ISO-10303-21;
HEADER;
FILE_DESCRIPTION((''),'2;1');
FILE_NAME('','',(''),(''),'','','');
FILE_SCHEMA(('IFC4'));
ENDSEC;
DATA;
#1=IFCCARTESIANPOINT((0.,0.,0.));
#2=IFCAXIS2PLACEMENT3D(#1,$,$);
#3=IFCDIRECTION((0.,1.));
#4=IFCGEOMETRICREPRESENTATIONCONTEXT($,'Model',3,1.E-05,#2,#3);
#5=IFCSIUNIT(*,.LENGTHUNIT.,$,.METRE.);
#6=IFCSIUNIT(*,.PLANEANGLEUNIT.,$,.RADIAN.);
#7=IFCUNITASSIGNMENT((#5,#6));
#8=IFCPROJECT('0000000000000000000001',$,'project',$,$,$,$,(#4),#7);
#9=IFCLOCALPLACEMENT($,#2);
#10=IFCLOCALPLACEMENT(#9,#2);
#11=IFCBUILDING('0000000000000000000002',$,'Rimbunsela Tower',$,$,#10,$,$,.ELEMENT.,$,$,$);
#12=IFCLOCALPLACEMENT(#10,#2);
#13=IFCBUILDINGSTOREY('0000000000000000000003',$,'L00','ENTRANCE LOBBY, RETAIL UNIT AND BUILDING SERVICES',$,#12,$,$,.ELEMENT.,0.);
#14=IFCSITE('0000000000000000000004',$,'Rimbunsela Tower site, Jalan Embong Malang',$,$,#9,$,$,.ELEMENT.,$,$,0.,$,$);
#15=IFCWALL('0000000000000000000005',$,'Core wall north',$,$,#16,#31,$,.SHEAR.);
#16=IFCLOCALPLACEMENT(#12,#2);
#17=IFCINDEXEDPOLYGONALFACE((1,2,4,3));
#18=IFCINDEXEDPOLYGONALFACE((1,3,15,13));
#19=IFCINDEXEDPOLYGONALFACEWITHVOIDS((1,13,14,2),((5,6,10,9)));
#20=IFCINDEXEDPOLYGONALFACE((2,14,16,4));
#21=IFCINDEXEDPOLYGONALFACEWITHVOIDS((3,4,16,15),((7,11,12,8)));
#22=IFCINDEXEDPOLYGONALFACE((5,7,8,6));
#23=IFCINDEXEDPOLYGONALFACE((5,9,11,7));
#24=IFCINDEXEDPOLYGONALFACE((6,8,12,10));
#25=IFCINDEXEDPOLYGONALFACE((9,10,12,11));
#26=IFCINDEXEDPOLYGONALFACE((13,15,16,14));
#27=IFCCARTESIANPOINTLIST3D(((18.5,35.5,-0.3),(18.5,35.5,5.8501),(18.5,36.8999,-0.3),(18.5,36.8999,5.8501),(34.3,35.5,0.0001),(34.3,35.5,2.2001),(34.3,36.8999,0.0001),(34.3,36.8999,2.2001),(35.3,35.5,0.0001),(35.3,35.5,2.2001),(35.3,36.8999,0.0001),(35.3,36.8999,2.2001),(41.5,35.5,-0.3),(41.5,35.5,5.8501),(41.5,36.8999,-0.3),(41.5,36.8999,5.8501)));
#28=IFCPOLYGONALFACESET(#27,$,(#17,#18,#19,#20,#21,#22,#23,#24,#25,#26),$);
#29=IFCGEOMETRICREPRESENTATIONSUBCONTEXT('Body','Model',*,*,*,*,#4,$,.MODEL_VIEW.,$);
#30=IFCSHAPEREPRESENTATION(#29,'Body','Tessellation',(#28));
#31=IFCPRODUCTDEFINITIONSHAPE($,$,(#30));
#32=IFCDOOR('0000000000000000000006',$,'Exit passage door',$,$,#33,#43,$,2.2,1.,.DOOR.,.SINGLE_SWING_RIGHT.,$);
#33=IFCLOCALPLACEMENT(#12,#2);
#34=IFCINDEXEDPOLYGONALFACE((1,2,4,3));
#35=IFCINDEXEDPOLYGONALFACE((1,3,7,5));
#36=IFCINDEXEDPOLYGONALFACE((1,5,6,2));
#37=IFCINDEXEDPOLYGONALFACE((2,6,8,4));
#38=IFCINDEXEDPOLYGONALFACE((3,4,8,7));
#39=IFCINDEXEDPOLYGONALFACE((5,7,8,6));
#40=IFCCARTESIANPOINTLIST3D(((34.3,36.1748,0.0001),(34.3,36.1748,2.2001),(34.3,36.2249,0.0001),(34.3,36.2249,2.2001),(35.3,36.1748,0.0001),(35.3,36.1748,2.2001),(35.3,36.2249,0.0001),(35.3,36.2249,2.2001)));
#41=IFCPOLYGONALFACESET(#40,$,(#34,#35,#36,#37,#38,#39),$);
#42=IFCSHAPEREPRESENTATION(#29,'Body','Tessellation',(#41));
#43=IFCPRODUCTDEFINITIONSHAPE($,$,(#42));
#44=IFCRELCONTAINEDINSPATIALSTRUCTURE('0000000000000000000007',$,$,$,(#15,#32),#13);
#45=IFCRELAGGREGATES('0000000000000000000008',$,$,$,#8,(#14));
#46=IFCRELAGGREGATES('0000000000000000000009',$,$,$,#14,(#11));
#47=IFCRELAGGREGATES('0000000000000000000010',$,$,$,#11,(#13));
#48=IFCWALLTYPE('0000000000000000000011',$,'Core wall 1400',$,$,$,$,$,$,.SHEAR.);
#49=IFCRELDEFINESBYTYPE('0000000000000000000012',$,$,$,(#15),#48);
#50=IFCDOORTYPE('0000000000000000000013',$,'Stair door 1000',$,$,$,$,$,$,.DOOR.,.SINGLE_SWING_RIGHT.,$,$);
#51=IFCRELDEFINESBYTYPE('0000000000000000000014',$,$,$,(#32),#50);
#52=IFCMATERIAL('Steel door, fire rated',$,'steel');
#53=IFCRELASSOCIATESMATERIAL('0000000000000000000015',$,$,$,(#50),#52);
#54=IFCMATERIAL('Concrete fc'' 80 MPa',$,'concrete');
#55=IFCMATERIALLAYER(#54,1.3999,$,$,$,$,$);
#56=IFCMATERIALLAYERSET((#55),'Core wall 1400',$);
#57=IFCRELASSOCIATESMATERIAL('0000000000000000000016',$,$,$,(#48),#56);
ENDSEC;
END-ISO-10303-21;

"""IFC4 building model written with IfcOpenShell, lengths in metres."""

from ifc_helpers import new_model, si_unit, direction, frame, frame_2d, origin, place, context, subcontext, project, spatial, rectangle, extrude, material, layer, layer_set, type_object, element, fill, save


model = new_model("IFC4")

# Units and contexts
model_context = context("Model", 3, precision=1e-05, world=origin(), true_north=direction((0.0, 1.0)))
body_context = subcontext(model_context, "Body", "Model", "MODEL_VIEW")
ifc_project = project(units=[si_unit("LENGTHUNIT", "METRE"), si_unit("PLANEANGLEUNIT", "RADIAN")], contexts=[model_context])

# Site, building, storey
site_placement = place(None, origin())
site = spatial("IfcSite", under=ifc_project, at=site_placement, Name="Rimbunsela Tower site, Jalan Embong Malang", CompositionType="ELEMENT", RefElevation=0.0)
building_placement = place(site_placement, origin())
building = spatial("IfcBuilding", under=site, at=building_placement, Name="Rimbunsela Tower", CompositionType="ELEMENT")
storey_placement = place(building_placement, origin())
storey = spatial("IfcBuildingStorey", under=building, at=storey_placement, Name="L00", Description="ENTRANCE LOBBY, RETAIL UNIT AND BUILDING SERVICES", CompositionType="ELEMENT", Elevation=0.0)

# Shared definitions
ifc_material_1 = material(Name="Steel door, fire rated", Category="steel")
door_type_1 = type_object("IfcDoorType", Name="Stair door 1000", OperationType="SINGLE_SWING_RIGHT", PredefinedType="DOOR", material=ifc_material_1)

# Wall, opening, door
ifc_material_2 = material(Name="Concrete fc' 80 MPa", Category="concrete")
ifc_layer_1 = layer(ifc_material_2, 1.3999)
ifc_layer_set_1 = layer_set([ifc_layer_1], Name="Core wall 1400")
wall_type_1 = type_object("IfcWallType", Name="Core wall 1400", PredefinedType="SHEAR", material=ifc_layer_set_1)
wall_1_placement = place(storey_placement, frame((18.5, 36.2, -0.3), z_axis=(0.0, 0.0, 1.0), x_axis=(1.0, 0.0, 0.0)))
wall_1 = element("IfcWall", 1, at=wall_1_placement, inside=storey, type_object=wall_type_1, Name="Core wall north", PredefinedType="SHEAR", context=body_context, shape_type="SweptSolid", body=[
    extrude(rectangle(XDim=23.0, YDim=1.3999, at=frame_2d((11.5, 0.0))), origin(), (0.0, 0.0, 1.0), 6.1501),
])
opening_1_placement = place(wall_1_placement, frame((15.8, 0.0, 0.3)))
opening_1 = element("IfcOpeningElement", 2, at=opening_1_placement, cuts=wall_1, PredefinedType="OPENING", context=body_context, shape_type="SweptSolid", body=[
    extrude(rectangle(XDim=1.0, YDim=2.2, at=frame_2d((0.5, 1.1001))), frame((0.0, 0.71, 0.0), z_axis=(0.0, -1.0, 0.0), x_axis=(1.0, 0.0, 0.0)), (0.0, 0.0, 1.0), 1.4199),
])
door_1_placement = place(opening_1_placement, origin())
door_1 = element("IfcDoor", 3, at=door_1_placement, inside=storey, type_object=door_type_1, Name="Exit passage door", OperationType="SINGLE_SWING_RIGHT", OverallHeight=2.2, OverallWidth=1.0, PredefinedType="DOOR", context=body_context, shape_type="SweptSolid", body=[
    extrude(rectangle(XDim=1.0, YDim=2.2, at=frame_2d((0.5, 1.1001))), frame((0.0, 0.0249, 0.0), z_axis=(0.0, -1.0, 0.0), x_axis=(1.0, 0.0, 0.0)), (0.0, 0.0, 1.0), 0.05),
])
fill(opening_1, door_1)

save(model, "model.ifc")
